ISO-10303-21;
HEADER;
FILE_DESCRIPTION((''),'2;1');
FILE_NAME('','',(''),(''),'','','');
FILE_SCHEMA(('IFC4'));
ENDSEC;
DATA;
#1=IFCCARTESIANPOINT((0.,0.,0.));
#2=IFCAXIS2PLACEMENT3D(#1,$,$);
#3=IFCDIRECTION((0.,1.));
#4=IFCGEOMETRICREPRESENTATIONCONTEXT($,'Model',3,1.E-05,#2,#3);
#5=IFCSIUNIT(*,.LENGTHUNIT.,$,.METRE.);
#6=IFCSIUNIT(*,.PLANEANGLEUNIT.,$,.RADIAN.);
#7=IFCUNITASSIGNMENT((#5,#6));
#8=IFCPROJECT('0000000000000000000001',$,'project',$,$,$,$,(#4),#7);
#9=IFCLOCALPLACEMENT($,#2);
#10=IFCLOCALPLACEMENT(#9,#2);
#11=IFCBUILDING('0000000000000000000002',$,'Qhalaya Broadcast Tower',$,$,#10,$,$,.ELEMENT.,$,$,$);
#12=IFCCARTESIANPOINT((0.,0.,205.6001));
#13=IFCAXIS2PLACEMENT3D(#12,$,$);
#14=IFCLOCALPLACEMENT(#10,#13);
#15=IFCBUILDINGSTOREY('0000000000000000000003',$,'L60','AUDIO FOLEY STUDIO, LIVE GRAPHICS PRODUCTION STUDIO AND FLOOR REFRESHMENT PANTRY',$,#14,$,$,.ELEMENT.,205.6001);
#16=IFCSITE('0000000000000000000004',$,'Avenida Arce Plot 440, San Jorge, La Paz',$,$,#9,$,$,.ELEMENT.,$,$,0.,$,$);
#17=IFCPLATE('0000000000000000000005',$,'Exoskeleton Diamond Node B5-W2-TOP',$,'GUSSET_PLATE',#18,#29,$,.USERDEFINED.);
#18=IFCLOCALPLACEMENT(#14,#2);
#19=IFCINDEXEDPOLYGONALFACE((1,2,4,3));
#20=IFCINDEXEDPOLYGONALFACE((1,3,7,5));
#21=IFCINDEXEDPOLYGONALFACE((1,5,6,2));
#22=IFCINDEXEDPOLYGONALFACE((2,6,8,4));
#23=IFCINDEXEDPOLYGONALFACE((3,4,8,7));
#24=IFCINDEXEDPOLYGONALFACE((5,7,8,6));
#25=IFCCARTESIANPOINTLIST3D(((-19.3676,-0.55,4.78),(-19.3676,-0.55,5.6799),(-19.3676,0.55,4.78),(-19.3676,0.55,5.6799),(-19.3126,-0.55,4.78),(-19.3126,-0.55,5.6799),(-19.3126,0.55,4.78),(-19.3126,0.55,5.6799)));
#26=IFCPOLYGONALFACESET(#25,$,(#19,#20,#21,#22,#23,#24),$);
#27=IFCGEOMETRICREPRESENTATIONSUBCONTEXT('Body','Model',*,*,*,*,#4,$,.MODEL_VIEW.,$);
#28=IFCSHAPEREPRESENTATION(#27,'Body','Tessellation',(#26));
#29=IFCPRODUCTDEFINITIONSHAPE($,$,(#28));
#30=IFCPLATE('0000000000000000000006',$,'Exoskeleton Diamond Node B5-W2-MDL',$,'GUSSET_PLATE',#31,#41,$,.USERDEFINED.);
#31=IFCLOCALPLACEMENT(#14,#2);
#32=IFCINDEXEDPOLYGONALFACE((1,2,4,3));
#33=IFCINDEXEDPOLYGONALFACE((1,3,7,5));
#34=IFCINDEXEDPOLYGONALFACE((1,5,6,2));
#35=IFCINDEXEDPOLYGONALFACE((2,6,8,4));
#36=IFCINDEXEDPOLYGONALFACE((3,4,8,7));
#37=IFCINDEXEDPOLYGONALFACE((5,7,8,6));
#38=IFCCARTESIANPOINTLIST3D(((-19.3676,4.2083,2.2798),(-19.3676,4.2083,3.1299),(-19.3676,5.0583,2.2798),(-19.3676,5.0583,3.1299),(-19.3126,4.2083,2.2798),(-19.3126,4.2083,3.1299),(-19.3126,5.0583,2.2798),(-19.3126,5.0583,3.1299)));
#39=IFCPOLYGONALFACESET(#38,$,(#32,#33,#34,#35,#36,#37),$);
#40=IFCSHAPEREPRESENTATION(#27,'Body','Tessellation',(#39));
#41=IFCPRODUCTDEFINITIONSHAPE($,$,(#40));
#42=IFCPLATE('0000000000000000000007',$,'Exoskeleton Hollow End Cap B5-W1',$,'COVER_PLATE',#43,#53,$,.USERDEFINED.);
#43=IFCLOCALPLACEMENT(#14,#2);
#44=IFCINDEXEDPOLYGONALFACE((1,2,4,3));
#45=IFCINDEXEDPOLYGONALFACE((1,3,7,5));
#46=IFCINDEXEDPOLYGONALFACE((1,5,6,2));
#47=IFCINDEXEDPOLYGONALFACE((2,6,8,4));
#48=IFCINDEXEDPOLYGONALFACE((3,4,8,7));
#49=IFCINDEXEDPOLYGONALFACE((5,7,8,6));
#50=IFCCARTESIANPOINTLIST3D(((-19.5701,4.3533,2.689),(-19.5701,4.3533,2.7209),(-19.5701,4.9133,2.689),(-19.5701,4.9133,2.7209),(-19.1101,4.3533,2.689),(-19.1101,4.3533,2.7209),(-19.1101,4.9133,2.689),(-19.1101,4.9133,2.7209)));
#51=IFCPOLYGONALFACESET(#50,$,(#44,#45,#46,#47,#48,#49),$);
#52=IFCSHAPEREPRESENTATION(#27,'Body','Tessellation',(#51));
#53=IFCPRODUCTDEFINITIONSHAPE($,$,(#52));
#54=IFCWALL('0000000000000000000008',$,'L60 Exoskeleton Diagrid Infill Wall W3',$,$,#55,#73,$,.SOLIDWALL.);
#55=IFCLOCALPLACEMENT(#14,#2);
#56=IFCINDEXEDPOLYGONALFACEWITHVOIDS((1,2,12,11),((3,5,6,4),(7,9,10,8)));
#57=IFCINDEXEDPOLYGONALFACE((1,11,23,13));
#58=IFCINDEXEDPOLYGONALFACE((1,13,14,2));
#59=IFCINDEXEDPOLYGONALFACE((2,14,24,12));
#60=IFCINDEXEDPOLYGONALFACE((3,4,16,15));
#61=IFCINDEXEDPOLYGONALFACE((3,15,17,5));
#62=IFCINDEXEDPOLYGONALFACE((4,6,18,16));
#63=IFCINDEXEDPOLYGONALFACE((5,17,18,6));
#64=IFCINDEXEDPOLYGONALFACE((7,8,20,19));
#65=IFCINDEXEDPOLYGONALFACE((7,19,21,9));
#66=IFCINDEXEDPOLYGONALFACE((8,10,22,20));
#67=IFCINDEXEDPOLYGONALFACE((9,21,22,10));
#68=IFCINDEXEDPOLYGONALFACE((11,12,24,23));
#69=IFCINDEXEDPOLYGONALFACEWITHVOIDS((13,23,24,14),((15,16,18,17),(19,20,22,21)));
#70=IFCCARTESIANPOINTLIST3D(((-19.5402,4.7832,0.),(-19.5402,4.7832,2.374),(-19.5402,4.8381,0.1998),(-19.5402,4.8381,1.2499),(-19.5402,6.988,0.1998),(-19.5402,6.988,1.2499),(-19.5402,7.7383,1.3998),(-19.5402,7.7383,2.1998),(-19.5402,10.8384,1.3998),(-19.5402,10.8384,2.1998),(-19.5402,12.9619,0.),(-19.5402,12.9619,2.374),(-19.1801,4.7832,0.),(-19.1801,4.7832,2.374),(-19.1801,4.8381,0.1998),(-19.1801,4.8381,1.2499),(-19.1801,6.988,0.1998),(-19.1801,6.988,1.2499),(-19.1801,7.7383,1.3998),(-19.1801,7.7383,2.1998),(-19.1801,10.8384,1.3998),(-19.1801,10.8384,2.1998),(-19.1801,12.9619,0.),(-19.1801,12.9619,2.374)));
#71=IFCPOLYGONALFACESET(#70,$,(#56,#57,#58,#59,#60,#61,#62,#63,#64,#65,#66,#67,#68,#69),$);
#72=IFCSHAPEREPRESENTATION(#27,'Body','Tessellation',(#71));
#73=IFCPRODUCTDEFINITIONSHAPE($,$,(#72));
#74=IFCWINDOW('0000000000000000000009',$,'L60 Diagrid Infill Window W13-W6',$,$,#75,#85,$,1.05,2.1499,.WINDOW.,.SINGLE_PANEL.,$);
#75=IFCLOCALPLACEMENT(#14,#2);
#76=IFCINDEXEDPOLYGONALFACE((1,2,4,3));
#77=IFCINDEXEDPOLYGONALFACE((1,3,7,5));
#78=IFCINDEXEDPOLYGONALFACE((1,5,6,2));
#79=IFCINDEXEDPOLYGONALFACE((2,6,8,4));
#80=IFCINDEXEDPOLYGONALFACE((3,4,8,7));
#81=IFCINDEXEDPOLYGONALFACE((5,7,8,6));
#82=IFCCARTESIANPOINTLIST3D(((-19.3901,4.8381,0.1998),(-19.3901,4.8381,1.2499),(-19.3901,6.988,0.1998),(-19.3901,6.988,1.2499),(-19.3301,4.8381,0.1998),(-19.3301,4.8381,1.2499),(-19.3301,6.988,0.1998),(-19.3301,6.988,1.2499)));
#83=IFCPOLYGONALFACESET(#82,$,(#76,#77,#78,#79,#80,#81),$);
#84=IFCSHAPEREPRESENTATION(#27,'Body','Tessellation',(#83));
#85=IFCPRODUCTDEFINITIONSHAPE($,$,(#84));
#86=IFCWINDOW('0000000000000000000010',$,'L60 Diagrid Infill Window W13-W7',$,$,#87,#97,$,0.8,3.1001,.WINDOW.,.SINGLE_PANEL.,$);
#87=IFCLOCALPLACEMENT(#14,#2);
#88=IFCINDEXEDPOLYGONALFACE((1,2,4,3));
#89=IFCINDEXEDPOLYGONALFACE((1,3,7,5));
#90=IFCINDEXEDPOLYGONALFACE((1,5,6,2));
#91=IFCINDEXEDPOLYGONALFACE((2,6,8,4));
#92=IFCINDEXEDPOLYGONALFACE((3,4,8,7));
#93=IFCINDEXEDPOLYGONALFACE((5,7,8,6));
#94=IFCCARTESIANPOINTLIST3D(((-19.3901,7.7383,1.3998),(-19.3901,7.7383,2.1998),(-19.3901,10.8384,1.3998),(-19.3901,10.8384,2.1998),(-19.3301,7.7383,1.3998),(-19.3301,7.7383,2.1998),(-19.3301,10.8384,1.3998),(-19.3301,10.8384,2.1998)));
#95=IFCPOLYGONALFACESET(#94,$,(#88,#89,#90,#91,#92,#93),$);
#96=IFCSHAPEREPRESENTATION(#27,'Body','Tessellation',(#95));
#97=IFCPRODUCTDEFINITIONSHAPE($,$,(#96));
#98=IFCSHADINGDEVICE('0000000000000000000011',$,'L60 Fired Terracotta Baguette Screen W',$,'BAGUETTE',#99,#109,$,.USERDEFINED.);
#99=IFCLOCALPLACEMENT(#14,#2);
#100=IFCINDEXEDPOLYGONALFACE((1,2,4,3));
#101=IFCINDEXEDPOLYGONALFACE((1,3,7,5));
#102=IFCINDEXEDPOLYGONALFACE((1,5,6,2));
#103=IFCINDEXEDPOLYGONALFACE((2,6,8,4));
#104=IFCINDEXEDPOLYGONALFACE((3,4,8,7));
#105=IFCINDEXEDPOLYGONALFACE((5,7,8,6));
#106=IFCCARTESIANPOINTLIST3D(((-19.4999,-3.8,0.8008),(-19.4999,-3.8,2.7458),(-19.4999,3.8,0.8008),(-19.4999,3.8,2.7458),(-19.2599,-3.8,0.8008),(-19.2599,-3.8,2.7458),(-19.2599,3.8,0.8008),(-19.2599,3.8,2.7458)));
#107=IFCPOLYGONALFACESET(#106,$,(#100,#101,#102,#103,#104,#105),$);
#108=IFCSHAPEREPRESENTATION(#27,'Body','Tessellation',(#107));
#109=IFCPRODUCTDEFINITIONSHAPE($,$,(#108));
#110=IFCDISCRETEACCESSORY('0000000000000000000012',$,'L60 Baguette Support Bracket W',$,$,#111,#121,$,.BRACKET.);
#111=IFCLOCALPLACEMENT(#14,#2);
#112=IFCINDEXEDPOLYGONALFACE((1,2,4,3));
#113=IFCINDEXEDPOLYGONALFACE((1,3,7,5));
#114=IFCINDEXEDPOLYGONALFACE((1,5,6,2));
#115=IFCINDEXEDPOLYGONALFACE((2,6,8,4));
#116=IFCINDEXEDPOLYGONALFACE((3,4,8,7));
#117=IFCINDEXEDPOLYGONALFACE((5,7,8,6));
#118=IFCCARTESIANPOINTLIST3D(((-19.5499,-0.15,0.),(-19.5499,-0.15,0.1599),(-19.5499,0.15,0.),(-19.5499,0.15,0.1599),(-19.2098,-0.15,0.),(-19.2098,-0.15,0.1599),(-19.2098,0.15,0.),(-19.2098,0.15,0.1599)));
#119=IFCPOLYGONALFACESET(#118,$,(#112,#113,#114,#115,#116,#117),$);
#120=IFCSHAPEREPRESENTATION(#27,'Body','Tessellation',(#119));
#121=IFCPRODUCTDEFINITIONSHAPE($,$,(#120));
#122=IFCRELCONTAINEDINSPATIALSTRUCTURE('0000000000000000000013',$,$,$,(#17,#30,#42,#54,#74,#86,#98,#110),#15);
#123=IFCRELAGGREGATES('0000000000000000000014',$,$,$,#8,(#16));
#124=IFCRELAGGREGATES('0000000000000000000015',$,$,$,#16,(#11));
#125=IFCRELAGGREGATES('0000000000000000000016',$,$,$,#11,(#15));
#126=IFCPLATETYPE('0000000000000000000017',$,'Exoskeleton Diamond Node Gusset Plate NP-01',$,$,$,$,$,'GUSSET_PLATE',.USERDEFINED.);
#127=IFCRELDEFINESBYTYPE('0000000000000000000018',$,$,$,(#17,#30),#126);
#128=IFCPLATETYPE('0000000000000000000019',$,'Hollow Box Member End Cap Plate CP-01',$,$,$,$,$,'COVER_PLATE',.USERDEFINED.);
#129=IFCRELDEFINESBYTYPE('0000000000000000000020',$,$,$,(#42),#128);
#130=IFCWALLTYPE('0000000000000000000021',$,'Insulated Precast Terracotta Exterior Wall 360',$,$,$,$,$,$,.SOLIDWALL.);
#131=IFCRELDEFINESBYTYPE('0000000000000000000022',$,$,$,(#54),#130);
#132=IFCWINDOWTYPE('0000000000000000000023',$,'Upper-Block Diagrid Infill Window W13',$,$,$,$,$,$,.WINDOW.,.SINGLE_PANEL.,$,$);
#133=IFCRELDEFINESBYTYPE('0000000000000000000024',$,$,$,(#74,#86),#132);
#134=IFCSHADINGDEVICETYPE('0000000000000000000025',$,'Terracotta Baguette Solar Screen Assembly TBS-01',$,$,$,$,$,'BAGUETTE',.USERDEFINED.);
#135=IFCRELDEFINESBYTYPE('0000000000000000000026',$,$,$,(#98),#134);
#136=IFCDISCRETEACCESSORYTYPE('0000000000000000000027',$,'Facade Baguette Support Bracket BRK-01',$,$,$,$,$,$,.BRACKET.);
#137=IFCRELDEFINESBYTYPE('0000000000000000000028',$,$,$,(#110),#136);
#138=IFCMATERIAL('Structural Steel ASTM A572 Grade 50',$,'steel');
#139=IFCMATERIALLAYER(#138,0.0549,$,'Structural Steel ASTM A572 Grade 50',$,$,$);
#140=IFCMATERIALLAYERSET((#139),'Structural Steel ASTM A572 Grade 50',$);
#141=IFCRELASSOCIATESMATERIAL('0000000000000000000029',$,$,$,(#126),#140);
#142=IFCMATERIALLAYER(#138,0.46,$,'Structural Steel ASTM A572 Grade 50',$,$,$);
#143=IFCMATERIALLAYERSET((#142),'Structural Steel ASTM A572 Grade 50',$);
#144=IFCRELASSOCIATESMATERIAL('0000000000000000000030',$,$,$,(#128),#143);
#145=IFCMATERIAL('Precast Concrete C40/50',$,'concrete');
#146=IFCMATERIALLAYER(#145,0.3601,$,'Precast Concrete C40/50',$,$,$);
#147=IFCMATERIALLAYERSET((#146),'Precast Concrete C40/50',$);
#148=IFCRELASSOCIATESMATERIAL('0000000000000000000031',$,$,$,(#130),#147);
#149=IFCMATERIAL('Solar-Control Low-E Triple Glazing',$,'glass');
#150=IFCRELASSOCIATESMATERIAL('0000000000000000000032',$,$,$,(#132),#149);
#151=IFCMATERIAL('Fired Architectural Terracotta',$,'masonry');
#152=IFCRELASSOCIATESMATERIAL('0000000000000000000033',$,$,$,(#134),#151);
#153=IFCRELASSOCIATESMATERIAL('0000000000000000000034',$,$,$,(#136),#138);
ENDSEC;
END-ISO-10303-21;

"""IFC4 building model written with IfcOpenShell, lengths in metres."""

from ifc_helpers import new_model, si_unit, direction, frame, frame_2d, origin, origin_2d, place, context, subcontext, project, spatial, rectangle, extrude, material, layer, layer_set, type_object, element, fill, save


model = new_model("IFC4")

# Units and contexts
model_context = context("Model", 3, precision=1e-05, world=origin(), true_north=direction((0.0, 1.0)))
body_context = subcontext(model_context, "Body", "Model", "MODEL_VIEW")
ifc_project = project(units=[si_unit("LENGTHUNIT", "METRE"), si_unit("PLANEANGLEUNIT", "RADIAN")], contexts=[model_context])

# Site, building, storey
site_placement = place(None, origin())
site = spatial("IfcSite", under=ifc_project, at=site_placement, Name="Avenida Arce Plot 440, San Jorge, La Paz", CompositionType="ELEMENT", RefElevation=0.0)
building_placement = place(site_placement, origin())
building = spatial("IfcBuilding", under=site, at=building_placement, Name="Qhalaya Broadcast Tower", CompositionType="ELEMENT")
storey_placement = place(building_placement, frame((0.0, 0.0, 205.6001)))
storey = spatial("IfcBuildingStorey", under=building, at=storey_placement, Name="L60", Description="AUDIO FOLEY STUDIO, LIVE GRAPHICS PRODUCTION STUDIO AND FLOOR REFRESHMENT PANTRY", CompositionType="ELEMENT", Elevation=205.6001)

# Shared definitions
ifc_material_1 = material(Name="Structural Steel ASTM A572 Grade 50", Category="steel")

# Plates
ifc_layer_1 = layer(ifc_material_1, 0.0549, Name="Structural Steel ASTM A572 Grade 50")
ifc_layer_set_1 = layer_set([ifc_layer_1], Name="Structural Steel ASTM A572 Grade 50")
plate_type_1 = type_object("IfcPlateType", Name="Exoskeleton Diamond Node Gusset Plate NP-01", ElementType="GUSSET_PLATE", PredefinedType="USERDEFINED", material=ifc_layer_set_1)
for number, where, z_axis, x_axis, name in (
    (1, (-19.3401, 0.0, 4.78), (0.0, 0.0, 1.0), (0.0, 1.0, 0.0), "Exoskeleton Diamond Node B5-W2-TOP"),
):
    element("IfcPlate", number, at=place(storey_placement, frame(where, z_axis=z_axis, x_axis=x_axis)), inside=storey, type_object=plate_type_1, Name=name, ObjectType="GUSSET_PLATE", PredefinedType="USERDEFINED", context=body_context, shape_type="SweptSolid", body=[
        extrude(rectangle(XDim=1.1001, YDim=0.0549, at=origin_2d()), origin(), (0.0, 0.0, 1.0), 0.8999),
    ])
plate_1_placement = place(storey_placement, frame((-19.3401, 4.6333, 2.2798), z_axis=(0.0, 0.0, 1.0), x_axis=(0.0, 1.0, 0.0)))
element("IfcPlate", 2, at=plate_1_placement, inside=storey, type_object=plate_type_1, Name="Exoskeleton Diamond Node B5-W2-MDL", ObjectType="GUSSET_PLATE", PredefinedType="USERDEFINED", context=body_context, shape_type="SweptSolid", body=[
    extrude(rectangle(XDim=0.8501, YDim=0.0549, at=origin_2d()), origin(), (0.0, 0.0, 1.0), 0.8501),
])
ifc_layer_2 = layer(ifc_material_1, 0.46, Name="Structural Steel ASTM A572 Grade 50")
ifc_layer_set_2 = layer_set([ifc_layer_2], Name="Structural Steel ASTM A572 Grade 50")
plate_type_2 = type_object("IfcPlateType", Name="Hollow Box Member End Cap Plate CP-01", ElementType="COVER_PLATE", PredefinedType="USERDEFINED", material=ifc_layer_set_2)
plate_2_placement = place(storey_placement, frame((-19.3401, 4.6333, 2.689), z_axis=(0.0, 0.0, 1.0), x_axis=(0.0, 1.0, 0.0)))
element("IfcPlate", 3, at=plate_2_placement, inside=storey, type_object=plate_type_2, Name="Exoskeleton Hollow End Cap B5-W1", ObjectType="COVER_PLATE", PredefinedType="USERDEFINED", context=body_context, shape_type="SweptSolid", body=[
    extrude(rectangle(XDim=0.5601, YDim=0.46, at=origin_2d()), origin(), (0.0, 0.0, 1.0), 0.032),
])

# Wall, openings, windows
ifc_material_2 = material(Name="Precast Concrete C40/50", Category="concrete")
ifc_layer_3 = layer(ifc_material_2, 0.3601, Name="Precast Concrete C40/50")
ifc_layer_set_3 = layer_set([ifc_layer_3], Name="Precast Concrete C40/50")
wall_type = type_object("IfcWallType", Name="Insulated Precast Terracotta Exterior Wall 360", PredefinedType="SOLIDWALL", material=ifc_layer_set_3)
wall_placement = place(storey_placement, frame((-19.3601, 4.7832, 0.0), z_axis=(0.0, 0.0, 1.0), x_axis=(0.0, 1.0, 0.0)))
wall = element("IfcWall", 4, at=wall_placement, inside=storey, type_object=wall_type, Name="L60 Exoskeleton Diagrid Infill Wall W3", PredefinedType="SOLIDWALL", context=body_context, shape_type="SweptSolid", body=[
    extrude(rectangle(XDim=8.1787, YDim=0.3601, at=frame_2d((4.0894, 0.0))), origin(), (0.0, 0.0, 1.0), 2.374),
])
opening_1_placement = place(wall_placement, frame((0.0549, 0.0, 0.2)))
opening_1 = element("IfcOpeningElement", 5, at=opening_1_placement, cuts=wall, PredefinedType="OPENING", context=body_context, shape_type="SweptSolid", body=[
    extrude(rectangle(XDim=2.1499, YDim=1.05, at=frame_2d((1.075, 0.5249))), frame((0.0, 0.1921, 0.0), z_axis=(0.0, -1.0, 0.0), x_axis=(1.0, 0.0, 0.0)), (0.0, 0.0, 1.0), 0.384),
])
opening_2_placement = place(wall_placement, frame((2.9551, 0.0, 1.3999)))
opening_2 = element("IfcOpeningElement", 6, at=opening_2_placement, cuts=wall, PredefinedType="OPENING", context=body_context, shape_type="SweptSolid", body=[
    extrude(rectangle(XDim=3.1001, YDim=0.8, at=frame_2d((1.55, 0.3999))), frame((0.0, 0.1921, 0.0), z_axis=(0.0, -1.0, 0.0), x_axis=(1.0, 0.0, 0.0)), (0.0, 0.0, 1.0), 0.384),
])
ifc_material_3 = material(Name="Solar-Control Low-E Triple Glazing", Category="glass")
window_type = type_object("IfcWindowType", Name="Upper-Block Diagrid Infill Window W13", PartitioningType="SINGLE_PANEL", PredefinedType="WINDOW", material=ifc_material_3)
window_1_placement = place(opening_1_placement, origin())
window_1 = element("IfcWindow", 7, at=window_1_placement, inside=storey, type_object=window_type, Name="L60 Diagrid Infill Window W13-W6", OverallHeight=1.05, OverallWidth=2.1499, PartitioningType="SINGLE_PANEL", PredefinedType="WINDOW", context=body_context, shape_type="SweptSolid", body=[
    extrude(rectangle(XDim=2.1499, YDim=1.05, at=frame_2d((1.075, 0.5249))), frame((0.0, 0.03, 0.0), z_axis=(0.0, -1.0, 0.0), x_axis=(1.0, 0.0, 0.0)), (0.0, 0.0, 1.0), 0.0601),
])
fill(opening_1, window_1)
window_2_placement = place(opening_2_placement, origin())
window_2 = element("IfcWindow", 8, at=window_2_placement, inside=storey, type_object=window_type, Name="L60 Diagrid Infill Window W13-W7", OverallHeight=0.8, OverallWidth=3.1001, PartitioningType="SINGLE_PANEL", PredefinedType="WINDOW", context=body_context, shape_type="SweptSolid", body=[
    extrude(rectangle(XDim=3.1001, YDim=0.8, at=frame_2d((1.55, 0.3999))), frame((0.0, 0.03, 0.0), z_axis=(0.0, -1.0, 0.0), x_axis=(1.0, 0.0, 0.0)), (0.0, 0.0, 1.0), 0.0601),
])
fill(opening_2, window_2)

# Shading device
ifc_material_4 = material(Name="Fired Architectural Terracotta", Category="masonry")
shading_device_type = type_object("IfcShadingDeviceType", Name="Terracotta Baguette Solar Screen Assembly TBS-01", ElementType="BAGUETTE", PredefinedType="USERDEFINED", material=ifc_material_4)
shading_device_placement = place(storey_placement, frame((-19.3799, 0.0, 0.8008), z_axis=(0.0, 0.0, 1.0), x_axis=(0.0, -1.0, 0.0)))
element("IfcShadingDevice", 9, at=shading_device_placement, inside=storey, type_object=shading_device_type, Name="L60 Fired Terracotta Baguette Screen W", ObjectType="BAGUETTE", PredefinedType="USERDEFINED", context=body_context, shape_type="SweptSolid", body=[
    extrude(rectangle(XDim=7.6001, YDim=0.24, at=origin_2d()), origin(), (0.0, 0.0, 1.0), 1.9451),
])

# Discrete accessory
discrete_accessory_type = type_object("IfcDiscreteAccessoryType", Name="Facade Baguette Support Bracket BRK-01", PredefinedType="BRACKET", material=ifc_material_1)
discrete_accessory_placement = place(storey_placement, frame((-19.3799, 0.0, 0.0), z_axis=(0.0, 0.0, 1.0), x_axis=(0.0, -1.0, 0.0)))
element("IfcDiscreteAccessory", 10, at=discrete_accessory_placement, inside=storey, type_object=discrete_accessory_type, Name="L60 Baguette Support Bracket W", PredefinedType="BRACKET", context=body_context, shape_type="SweptSolid", body=[
    extrude(rectangle(XDim=0.3, YDim=0.3401, at=origin_2d()), origin(), (0.0, 0.0, 1.0), 0.1599),
])

save(model, "model.ifc")
